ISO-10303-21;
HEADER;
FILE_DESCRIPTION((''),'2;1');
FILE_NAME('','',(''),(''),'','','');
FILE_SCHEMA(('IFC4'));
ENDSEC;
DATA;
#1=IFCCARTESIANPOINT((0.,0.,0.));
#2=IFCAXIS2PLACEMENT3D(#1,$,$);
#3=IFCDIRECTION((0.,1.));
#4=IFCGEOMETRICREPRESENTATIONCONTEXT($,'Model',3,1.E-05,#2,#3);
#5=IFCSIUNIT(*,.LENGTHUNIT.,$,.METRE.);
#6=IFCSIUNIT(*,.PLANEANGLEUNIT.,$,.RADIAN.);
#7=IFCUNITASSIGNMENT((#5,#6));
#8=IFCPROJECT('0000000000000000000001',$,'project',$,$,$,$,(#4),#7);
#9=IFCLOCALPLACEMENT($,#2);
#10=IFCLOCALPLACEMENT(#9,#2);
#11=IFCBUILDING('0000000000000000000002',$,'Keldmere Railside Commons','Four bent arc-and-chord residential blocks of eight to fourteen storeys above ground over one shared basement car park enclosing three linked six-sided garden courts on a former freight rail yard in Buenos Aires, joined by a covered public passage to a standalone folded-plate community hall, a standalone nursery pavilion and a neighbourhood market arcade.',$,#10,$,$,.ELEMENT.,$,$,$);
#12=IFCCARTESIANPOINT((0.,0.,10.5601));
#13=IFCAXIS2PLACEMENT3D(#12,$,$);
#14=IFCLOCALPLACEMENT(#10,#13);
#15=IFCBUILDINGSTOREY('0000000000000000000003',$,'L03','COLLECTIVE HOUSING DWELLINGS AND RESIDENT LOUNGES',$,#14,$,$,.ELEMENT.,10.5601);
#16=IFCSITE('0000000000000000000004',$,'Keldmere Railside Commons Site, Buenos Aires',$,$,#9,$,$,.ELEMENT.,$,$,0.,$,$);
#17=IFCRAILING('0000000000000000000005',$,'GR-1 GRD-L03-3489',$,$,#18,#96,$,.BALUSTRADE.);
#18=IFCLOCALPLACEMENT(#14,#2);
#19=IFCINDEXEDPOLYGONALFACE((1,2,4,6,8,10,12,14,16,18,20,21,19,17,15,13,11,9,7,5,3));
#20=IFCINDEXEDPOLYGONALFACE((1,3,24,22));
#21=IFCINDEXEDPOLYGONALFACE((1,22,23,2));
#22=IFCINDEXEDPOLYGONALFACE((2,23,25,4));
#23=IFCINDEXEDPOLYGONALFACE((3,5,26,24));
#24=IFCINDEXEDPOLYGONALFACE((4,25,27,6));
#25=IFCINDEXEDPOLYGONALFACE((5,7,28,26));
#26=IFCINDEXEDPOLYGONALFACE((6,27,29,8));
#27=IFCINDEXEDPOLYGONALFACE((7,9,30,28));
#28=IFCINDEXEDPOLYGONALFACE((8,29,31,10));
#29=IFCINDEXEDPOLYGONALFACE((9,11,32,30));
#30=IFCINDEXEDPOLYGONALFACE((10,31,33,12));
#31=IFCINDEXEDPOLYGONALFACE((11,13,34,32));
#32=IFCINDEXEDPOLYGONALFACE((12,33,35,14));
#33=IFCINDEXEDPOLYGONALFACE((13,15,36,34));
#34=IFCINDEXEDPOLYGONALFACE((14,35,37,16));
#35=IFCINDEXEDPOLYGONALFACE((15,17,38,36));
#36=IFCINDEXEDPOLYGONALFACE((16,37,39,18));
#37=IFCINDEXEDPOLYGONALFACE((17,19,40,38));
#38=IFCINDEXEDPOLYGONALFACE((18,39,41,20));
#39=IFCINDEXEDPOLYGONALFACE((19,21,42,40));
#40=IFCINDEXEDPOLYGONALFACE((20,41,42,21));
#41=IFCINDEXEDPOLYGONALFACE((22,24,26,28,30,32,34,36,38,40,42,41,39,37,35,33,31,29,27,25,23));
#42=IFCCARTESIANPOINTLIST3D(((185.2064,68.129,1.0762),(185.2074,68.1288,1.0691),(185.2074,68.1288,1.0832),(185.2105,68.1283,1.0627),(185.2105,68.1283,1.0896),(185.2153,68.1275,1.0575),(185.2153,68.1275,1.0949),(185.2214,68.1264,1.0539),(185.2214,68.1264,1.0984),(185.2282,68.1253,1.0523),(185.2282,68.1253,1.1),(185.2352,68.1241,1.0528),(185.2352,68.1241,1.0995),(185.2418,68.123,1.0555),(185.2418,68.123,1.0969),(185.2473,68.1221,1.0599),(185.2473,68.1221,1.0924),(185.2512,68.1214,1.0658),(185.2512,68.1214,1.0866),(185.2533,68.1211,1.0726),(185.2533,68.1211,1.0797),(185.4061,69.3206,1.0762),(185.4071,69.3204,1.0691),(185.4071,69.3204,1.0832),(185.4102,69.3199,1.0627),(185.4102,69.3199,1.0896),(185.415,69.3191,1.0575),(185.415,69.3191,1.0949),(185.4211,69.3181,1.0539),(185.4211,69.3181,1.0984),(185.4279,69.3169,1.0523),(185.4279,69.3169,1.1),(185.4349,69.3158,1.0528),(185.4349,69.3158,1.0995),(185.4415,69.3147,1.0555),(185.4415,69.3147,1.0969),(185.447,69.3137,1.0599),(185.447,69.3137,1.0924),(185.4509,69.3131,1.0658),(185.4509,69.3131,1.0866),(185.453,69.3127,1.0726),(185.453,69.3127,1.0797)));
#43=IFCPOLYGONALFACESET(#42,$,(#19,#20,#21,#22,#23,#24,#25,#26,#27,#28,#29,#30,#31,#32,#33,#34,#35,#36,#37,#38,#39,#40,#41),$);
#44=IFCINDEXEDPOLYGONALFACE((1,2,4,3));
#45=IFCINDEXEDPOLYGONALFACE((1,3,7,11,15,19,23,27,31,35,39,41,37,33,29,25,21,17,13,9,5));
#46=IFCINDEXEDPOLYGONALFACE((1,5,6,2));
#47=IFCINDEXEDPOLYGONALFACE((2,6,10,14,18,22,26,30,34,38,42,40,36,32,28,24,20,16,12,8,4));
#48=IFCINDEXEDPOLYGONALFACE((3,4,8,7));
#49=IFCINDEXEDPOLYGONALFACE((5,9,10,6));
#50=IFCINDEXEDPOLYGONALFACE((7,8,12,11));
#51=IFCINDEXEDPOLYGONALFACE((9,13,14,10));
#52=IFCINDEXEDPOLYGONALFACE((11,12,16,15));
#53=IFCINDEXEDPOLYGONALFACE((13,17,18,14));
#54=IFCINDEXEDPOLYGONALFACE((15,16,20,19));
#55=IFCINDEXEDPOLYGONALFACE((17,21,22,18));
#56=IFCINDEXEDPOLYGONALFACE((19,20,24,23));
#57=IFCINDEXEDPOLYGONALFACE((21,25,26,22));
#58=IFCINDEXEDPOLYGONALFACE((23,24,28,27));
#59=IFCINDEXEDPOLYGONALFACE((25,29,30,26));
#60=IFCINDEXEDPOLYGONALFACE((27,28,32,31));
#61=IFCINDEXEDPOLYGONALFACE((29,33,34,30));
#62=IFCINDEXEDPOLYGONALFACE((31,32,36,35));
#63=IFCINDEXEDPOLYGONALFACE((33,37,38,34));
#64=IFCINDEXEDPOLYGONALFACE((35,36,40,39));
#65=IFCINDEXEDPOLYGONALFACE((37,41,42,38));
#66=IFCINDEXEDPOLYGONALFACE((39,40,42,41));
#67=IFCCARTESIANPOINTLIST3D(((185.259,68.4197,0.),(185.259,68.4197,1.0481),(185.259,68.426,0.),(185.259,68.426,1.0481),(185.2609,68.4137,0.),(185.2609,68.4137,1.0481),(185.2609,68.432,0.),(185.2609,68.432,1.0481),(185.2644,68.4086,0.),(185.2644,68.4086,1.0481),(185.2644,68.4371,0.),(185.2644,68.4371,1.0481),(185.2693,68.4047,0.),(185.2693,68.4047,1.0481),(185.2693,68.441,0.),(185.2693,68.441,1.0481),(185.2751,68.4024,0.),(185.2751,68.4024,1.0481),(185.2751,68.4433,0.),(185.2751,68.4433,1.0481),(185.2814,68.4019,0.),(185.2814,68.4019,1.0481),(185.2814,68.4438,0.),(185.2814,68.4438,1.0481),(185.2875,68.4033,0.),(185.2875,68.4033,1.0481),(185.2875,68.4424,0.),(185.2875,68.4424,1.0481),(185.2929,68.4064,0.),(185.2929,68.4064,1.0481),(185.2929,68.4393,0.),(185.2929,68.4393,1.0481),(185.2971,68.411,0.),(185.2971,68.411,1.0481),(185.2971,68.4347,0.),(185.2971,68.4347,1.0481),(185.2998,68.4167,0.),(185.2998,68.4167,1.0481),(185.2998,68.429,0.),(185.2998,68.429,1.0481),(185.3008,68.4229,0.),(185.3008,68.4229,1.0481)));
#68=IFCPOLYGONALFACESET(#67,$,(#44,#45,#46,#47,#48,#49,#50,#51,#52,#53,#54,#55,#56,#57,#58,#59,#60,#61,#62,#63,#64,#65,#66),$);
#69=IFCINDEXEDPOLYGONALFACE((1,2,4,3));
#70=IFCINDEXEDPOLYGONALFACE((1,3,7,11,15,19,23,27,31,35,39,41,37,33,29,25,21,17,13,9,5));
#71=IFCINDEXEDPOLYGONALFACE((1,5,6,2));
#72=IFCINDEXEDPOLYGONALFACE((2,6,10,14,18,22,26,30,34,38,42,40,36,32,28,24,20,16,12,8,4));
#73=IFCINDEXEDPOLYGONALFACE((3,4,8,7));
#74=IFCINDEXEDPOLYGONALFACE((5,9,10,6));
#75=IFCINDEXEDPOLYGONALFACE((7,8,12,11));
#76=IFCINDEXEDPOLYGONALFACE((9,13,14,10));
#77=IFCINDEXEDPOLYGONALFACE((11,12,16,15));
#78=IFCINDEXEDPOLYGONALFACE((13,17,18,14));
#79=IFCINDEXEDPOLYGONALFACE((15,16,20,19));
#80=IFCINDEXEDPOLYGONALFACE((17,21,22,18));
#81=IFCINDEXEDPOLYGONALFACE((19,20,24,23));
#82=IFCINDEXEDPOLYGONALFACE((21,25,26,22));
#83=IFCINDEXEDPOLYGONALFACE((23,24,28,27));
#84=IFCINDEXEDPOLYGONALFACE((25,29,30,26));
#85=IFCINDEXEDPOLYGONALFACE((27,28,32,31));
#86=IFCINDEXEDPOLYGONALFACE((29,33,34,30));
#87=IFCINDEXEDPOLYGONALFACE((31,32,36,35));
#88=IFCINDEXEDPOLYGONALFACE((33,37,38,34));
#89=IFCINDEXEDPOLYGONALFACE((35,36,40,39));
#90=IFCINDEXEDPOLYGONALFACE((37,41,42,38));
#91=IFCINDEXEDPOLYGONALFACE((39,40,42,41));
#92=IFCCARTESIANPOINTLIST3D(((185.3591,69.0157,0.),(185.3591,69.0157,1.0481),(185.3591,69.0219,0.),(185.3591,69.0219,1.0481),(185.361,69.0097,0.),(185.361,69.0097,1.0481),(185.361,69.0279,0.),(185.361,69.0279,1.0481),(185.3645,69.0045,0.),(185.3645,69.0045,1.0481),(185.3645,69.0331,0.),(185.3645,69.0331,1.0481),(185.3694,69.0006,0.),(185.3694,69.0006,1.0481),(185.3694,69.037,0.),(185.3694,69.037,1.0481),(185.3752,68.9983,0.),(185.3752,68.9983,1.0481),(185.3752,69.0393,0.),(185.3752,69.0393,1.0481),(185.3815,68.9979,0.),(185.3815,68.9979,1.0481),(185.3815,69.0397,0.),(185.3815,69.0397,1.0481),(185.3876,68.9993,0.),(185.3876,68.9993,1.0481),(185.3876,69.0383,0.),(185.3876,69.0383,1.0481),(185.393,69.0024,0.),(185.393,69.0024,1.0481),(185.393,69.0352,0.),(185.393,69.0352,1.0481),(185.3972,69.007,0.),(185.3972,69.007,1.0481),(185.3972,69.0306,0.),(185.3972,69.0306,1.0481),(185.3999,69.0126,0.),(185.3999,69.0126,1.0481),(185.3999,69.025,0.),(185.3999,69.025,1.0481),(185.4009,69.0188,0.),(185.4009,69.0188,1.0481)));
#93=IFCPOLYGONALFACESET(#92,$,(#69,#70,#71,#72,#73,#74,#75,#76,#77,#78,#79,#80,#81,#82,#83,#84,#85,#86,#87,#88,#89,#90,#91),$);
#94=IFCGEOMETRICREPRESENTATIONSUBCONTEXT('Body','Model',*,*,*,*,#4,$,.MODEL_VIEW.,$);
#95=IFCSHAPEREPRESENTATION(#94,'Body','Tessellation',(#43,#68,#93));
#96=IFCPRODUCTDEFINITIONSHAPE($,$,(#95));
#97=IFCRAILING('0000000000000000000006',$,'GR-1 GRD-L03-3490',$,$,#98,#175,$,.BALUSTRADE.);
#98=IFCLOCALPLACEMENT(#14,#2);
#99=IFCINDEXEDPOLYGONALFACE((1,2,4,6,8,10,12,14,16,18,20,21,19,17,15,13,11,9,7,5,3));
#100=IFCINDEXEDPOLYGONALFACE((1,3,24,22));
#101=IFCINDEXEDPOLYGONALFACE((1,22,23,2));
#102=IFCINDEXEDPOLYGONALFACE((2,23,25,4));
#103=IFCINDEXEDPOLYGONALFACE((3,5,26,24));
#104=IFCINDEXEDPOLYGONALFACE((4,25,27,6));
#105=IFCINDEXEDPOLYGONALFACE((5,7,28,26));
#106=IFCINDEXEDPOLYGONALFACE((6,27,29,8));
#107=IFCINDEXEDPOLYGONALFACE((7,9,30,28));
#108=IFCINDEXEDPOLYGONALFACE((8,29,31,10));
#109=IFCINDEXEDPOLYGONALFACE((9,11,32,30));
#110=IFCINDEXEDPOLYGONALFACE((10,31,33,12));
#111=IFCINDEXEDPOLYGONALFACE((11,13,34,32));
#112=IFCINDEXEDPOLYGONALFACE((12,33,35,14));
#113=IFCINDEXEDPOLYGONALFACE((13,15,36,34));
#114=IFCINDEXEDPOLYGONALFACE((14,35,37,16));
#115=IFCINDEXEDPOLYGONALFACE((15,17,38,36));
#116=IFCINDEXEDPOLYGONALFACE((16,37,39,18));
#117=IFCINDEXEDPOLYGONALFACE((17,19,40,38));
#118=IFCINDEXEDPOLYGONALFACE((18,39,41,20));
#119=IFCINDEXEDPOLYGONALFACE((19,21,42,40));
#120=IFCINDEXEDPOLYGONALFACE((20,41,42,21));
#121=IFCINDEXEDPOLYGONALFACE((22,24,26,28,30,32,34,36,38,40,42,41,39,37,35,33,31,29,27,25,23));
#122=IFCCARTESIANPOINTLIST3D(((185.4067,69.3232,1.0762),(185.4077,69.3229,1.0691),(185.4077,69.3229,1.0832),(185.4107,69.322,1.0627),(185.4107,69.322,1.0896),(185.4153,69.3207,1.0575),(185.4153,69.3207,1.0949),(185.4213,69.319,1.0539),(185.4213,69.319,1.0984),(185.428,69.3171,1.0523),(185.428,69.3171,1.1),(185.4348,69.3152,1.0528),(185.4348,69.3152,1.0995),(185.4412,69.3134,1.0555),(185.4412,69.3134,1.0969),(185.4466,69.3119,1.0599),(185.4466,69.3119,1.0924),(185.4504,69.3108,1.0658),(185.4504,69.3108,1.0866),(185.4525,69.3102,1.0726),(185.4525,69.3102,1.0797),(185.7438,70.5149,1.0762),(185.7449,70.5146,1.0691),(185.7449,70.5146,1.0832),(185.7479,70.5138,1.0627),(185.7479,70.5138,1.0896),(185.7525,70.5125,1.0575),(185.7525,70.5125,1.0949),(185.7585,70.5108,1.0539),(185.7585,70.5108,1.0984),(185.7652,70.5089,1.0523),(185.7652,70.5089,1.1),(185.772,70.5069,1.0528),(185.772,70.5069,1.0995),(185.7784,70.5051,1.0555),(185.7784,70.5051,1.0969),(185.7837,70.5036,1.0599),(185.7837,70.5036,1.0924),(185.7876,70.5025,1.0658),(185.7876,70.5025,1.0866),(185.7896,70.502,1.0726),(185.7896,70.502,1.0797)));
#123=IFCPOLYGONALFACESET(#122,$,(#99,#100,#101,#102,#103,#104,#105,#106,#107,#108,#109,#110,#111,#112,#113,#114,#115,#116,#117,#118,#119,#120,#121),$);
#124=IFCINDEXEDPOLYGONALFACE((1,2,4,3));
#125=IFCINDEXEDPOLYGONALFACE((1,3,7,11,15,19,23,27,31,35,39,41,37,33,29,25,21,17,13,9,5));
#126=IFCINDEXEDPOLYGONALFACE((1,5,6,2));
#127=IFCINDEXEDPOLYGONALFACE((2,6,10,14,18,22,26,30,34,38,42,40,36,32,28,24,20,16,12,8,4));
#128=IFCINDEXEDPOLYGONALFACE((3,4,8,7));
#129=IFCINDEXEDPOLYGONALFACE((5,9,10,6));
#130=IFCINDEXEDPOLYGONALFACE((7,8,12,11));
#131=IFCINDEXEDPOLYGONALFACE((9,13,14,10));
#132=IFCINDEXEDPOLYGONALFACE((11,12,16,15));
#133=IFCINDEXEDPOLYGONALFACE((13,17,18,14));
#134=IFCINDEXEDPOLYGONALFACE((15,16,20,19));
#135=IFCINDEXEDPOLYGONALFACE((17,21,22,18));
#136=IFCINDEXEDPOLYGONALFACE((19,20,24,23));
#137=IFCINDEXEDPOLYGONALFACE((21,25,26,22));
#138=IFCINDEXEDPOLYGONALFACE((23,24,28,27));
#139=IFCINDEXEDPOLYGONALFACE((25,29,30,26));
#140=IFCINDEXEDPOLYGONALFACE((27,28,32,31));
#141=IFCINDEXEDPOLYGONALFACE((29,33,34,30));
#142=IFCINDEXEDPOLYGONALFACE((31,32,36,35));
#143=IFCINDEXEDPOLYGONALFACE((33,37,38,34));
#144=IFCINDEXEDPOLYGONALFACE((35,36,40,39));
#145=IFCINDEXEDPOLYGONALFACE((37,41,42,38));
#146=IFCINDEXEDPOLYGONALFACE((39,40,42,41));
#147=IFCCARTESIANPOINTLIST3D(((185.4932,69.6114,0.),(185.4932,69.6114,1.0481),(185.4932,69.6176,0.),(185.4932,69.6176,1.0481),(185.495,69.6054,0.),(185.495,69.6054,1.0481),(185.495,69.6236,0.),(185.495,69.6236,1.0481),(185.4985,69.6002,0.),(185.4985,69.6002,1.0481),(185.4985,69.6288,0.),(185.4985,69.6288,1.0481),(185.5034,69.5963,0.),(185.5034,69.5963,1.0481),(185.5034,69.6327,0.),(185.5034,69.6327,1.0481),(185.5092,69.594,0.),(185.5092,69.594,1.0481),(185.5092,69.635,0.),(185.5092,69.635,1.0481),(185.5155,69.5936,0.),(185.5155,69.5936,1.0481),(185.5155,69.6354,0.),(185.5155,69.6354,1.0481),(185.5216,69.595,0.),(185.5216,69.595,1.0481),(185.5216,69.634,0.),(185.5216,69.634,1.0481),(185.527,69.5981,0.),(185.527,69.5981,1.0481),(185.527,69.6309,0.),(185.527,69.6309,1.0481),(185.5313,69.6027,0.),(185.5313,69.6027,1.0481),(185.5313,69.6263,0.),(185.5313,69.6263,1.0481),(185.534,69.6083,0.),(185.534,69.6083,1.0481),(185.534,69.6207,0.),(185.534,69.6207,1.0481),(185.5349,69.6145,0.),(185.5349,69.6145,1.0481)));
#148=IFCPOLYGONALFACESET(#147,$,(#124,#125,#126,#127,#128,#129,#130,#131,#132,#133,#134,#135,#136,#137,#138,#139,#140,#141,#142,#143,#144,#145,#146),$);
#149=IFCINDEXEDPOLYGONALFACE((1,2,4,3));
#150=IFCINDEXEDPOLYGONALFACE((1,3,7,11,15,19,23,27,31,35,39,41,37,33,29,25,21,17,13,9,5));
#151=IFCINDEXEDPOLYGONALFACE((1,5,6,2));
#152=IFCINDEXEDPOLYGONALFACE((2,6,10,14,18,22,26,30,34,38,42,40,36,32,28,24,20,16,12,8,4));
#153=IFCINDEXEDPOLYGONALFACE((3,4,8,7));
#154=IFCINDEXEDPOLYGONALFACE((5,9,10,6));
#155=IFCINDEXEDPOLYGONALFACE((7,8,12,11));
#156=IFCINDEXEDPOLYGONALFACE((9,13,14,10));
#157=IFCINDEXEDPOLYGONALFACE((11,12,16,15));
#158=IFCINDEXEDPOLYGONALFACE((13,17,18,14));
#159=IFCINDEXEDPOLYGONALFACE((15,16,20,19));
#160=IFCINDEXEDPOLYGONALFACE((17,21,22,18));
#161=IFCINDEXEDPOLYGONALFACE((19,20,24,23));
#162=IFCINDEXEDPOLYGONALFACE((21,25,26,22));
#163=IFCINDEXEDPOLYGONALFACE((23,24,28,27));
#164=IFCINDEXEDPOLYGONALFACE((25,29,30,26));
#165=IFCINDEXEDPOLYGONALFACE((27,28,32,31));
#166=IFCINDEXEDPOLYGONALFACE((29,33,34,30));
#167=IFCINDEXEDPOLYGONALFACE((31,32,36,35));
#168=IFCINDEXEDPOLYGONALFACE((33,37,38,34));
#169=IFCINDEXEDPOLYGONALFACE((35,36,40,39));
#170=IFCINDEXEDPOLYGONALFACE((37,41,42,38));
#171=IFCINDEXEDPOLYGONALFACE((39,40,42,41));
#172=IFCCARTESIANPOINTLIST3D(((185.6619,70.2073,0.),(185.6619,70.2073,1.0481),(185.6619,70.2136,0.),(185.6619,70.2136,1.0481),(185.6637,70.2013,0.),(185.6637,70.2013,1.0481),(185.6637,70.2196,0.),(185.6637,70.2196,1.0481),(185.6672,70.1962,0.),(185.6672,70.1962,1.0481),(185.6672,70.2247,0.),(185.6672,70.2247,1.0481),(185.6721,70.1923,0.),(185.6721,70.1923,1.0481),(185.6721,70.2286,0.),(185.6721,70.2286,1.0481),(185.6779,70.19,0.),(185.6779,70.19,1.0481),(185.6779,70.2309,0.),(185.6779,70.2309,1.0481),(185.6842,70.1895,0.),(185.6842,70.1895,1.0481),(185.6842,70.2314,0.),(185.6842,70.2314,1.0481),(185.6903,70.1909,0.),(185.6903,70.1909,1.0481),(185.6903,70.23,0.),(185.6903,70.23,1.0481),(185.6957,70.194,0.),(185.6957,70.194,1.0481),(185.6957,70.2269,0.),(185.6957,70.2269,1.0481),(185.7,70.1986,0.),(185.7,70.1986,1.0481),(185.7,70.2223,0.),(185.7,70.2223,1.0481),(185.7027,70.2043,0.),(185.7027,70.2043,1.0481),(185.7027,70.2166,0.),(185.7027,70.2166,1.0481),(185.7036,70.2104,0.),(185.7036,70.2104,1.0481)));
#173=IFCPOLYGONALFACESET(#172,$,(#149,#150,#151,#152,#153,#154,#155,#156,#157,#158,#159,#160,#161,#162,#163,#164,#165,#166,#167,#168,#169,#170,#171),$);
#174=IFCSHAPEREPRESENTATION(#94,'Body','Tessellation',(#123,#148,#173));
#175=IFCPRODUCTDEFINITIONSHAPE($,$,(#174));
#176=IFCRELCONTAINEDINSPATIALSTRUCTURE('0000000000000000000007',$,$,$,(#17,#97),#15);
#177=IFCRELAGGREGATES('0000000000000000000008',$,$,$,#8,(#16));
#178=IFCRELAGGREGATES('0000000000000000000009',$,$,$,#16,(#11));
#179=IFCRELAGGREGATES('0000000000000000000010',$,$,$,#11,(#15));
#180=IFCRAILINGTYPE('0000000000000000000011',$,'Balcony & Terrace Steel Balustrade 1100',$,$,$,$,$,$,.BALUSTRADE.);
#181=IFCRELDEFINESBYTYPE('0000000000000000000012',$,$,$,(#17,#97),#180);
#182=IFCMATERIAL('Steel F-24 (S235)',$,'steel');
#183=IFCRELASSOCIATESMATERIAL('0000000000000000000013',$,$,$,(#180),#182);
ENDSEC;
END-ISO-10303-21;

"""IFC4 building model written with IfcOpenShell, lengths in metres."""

from ifc_helpers import new_model, si_unit, direction, frame, origin, origin_2d, place, context, subcontext, project, spatial, circle, extrude, material, type_object, element, save


model = new_model("IFC4")

# Units and contexts
model_context = context("Model", 3, precision=1e-05, world=origin(), true_north=direction((0.0, 1.0)))
body_context = subcontext(model_context, "Body", "Model", "MODEL_VIEW")
ifc_project = project(units=[si_unit("LENGTHUNIT", "METRE"), si_unit("PLANEANGLEUNIT", "RADIAN")], contexts=[model_context])

# Site, building, storey
site_placement = place(None, origin())
site = spatial("IfcSite", under=ifc_project, at=site_placement, Name="Keldmere Railside Commons Site, Buenos Aires", CompositionType="ELEMENT", RefElevation=0.0)
building_placement = place(site_placement, origin())
building = spatial("IfcBuilding", under=site, at=building_placement, Name="Keldmere Railside Commons", Description="Four bent arc-and-chord residential blocks of eight to fourteen storeys above ground over one shared basement car park enclosing three linked six-sided garden courts on a former freight rail yard in Buenos Aires, joined by a covered public passage to a standalone folded-plate community hall, a standalone nursery pavilion and a neighbourhood market arcade.", CompositionType="ELEMENT")
storey_placement = place(building_placement, frame((0.0, 0.0, 10.5601)))
storey = spatial("IfcBuildingStorey", under=building, at=storey_placement, Name="L03", Description="COLLECTIVE HOUSING DWELLINGS AND RESIDENT LOUNGES", CompositionType="ELEMENT", Elevation=10.5601)

# Railings
ifc_material_1 = material(Name="Steel F-24 (S235)", Category="steel")
railing_type_1 = type_object("IfcRailingType", Name="Balcony & Terrace Steel Balustrade 1100", PredefinedType="BALUSTRADE", material=ifc_material_1)
railing_1_placement = place(storey_placement, frame((185.23, 68.125, 0.0)))
element("IfcRailing", 1, at=railing_1_placement, inside=storey, type_object=railing_type_1, Name="GR-1 GRD-L03-3489", PredefinedType="BALUSTRADE", context=body_context, shape_type="SweptSolid", body=[
    extrude(circle(Radius=0.0239, at=origin_2d()), frame((0.0, 0.0, 1.0762), z_axis=(0.165284, 0.986246, 0.0), x_axis=(-0.986246, 0.165284, 0.0)), (0.0, 0.0, 1.0), 1.2083),
    extrude(circle(Radius=0.021, at=origin_2d()), frame((0.0498, 0.2979, 0.0)), (0.0, 0.0, 1.0), 1.0481),
    extrude(circle(Radius=0.021, at=origin_2d()), frame((0.1499, 0.8938, 0.0)), (0.0, 0.0, 1.0), 1.0481),
])
railing_2_placement = place(storey_placement, frame((185.4297, 69.3167, 0.0)))
element("IfcRailing", 2, at=railing_2_placement, inside=storey, type_object=railing_type_1, Name="GR-1 GRD-L03-3490", PredefinedType="BALUSTRADE", context=body_context, shape_type="SweptSolid", body=[
    extrude(circle(Radius=0.0239, at=origin_2d()), frame((0.0, 0.0, 1.0762), z_axis=(0.272247, 0.962227, 0.0), x_axis=(-0.962227, 0.272247, 0.0)), (0.0, 0.0, 1.0), 1.2385),
    extrude(circle(Radius=0.021, at=origin_2d()), frame((0.0842, 0.2979, 0.0)), (0.0, 0.0, 1.0), 1.0481),
    extrude(circle(Radius=0.021, at=origin_2d()), frame((0.2529, 0.8938, 0.0)), (0.0, 0.0, 1.0), 1.0481),
])

save(model, "model.ifc")
